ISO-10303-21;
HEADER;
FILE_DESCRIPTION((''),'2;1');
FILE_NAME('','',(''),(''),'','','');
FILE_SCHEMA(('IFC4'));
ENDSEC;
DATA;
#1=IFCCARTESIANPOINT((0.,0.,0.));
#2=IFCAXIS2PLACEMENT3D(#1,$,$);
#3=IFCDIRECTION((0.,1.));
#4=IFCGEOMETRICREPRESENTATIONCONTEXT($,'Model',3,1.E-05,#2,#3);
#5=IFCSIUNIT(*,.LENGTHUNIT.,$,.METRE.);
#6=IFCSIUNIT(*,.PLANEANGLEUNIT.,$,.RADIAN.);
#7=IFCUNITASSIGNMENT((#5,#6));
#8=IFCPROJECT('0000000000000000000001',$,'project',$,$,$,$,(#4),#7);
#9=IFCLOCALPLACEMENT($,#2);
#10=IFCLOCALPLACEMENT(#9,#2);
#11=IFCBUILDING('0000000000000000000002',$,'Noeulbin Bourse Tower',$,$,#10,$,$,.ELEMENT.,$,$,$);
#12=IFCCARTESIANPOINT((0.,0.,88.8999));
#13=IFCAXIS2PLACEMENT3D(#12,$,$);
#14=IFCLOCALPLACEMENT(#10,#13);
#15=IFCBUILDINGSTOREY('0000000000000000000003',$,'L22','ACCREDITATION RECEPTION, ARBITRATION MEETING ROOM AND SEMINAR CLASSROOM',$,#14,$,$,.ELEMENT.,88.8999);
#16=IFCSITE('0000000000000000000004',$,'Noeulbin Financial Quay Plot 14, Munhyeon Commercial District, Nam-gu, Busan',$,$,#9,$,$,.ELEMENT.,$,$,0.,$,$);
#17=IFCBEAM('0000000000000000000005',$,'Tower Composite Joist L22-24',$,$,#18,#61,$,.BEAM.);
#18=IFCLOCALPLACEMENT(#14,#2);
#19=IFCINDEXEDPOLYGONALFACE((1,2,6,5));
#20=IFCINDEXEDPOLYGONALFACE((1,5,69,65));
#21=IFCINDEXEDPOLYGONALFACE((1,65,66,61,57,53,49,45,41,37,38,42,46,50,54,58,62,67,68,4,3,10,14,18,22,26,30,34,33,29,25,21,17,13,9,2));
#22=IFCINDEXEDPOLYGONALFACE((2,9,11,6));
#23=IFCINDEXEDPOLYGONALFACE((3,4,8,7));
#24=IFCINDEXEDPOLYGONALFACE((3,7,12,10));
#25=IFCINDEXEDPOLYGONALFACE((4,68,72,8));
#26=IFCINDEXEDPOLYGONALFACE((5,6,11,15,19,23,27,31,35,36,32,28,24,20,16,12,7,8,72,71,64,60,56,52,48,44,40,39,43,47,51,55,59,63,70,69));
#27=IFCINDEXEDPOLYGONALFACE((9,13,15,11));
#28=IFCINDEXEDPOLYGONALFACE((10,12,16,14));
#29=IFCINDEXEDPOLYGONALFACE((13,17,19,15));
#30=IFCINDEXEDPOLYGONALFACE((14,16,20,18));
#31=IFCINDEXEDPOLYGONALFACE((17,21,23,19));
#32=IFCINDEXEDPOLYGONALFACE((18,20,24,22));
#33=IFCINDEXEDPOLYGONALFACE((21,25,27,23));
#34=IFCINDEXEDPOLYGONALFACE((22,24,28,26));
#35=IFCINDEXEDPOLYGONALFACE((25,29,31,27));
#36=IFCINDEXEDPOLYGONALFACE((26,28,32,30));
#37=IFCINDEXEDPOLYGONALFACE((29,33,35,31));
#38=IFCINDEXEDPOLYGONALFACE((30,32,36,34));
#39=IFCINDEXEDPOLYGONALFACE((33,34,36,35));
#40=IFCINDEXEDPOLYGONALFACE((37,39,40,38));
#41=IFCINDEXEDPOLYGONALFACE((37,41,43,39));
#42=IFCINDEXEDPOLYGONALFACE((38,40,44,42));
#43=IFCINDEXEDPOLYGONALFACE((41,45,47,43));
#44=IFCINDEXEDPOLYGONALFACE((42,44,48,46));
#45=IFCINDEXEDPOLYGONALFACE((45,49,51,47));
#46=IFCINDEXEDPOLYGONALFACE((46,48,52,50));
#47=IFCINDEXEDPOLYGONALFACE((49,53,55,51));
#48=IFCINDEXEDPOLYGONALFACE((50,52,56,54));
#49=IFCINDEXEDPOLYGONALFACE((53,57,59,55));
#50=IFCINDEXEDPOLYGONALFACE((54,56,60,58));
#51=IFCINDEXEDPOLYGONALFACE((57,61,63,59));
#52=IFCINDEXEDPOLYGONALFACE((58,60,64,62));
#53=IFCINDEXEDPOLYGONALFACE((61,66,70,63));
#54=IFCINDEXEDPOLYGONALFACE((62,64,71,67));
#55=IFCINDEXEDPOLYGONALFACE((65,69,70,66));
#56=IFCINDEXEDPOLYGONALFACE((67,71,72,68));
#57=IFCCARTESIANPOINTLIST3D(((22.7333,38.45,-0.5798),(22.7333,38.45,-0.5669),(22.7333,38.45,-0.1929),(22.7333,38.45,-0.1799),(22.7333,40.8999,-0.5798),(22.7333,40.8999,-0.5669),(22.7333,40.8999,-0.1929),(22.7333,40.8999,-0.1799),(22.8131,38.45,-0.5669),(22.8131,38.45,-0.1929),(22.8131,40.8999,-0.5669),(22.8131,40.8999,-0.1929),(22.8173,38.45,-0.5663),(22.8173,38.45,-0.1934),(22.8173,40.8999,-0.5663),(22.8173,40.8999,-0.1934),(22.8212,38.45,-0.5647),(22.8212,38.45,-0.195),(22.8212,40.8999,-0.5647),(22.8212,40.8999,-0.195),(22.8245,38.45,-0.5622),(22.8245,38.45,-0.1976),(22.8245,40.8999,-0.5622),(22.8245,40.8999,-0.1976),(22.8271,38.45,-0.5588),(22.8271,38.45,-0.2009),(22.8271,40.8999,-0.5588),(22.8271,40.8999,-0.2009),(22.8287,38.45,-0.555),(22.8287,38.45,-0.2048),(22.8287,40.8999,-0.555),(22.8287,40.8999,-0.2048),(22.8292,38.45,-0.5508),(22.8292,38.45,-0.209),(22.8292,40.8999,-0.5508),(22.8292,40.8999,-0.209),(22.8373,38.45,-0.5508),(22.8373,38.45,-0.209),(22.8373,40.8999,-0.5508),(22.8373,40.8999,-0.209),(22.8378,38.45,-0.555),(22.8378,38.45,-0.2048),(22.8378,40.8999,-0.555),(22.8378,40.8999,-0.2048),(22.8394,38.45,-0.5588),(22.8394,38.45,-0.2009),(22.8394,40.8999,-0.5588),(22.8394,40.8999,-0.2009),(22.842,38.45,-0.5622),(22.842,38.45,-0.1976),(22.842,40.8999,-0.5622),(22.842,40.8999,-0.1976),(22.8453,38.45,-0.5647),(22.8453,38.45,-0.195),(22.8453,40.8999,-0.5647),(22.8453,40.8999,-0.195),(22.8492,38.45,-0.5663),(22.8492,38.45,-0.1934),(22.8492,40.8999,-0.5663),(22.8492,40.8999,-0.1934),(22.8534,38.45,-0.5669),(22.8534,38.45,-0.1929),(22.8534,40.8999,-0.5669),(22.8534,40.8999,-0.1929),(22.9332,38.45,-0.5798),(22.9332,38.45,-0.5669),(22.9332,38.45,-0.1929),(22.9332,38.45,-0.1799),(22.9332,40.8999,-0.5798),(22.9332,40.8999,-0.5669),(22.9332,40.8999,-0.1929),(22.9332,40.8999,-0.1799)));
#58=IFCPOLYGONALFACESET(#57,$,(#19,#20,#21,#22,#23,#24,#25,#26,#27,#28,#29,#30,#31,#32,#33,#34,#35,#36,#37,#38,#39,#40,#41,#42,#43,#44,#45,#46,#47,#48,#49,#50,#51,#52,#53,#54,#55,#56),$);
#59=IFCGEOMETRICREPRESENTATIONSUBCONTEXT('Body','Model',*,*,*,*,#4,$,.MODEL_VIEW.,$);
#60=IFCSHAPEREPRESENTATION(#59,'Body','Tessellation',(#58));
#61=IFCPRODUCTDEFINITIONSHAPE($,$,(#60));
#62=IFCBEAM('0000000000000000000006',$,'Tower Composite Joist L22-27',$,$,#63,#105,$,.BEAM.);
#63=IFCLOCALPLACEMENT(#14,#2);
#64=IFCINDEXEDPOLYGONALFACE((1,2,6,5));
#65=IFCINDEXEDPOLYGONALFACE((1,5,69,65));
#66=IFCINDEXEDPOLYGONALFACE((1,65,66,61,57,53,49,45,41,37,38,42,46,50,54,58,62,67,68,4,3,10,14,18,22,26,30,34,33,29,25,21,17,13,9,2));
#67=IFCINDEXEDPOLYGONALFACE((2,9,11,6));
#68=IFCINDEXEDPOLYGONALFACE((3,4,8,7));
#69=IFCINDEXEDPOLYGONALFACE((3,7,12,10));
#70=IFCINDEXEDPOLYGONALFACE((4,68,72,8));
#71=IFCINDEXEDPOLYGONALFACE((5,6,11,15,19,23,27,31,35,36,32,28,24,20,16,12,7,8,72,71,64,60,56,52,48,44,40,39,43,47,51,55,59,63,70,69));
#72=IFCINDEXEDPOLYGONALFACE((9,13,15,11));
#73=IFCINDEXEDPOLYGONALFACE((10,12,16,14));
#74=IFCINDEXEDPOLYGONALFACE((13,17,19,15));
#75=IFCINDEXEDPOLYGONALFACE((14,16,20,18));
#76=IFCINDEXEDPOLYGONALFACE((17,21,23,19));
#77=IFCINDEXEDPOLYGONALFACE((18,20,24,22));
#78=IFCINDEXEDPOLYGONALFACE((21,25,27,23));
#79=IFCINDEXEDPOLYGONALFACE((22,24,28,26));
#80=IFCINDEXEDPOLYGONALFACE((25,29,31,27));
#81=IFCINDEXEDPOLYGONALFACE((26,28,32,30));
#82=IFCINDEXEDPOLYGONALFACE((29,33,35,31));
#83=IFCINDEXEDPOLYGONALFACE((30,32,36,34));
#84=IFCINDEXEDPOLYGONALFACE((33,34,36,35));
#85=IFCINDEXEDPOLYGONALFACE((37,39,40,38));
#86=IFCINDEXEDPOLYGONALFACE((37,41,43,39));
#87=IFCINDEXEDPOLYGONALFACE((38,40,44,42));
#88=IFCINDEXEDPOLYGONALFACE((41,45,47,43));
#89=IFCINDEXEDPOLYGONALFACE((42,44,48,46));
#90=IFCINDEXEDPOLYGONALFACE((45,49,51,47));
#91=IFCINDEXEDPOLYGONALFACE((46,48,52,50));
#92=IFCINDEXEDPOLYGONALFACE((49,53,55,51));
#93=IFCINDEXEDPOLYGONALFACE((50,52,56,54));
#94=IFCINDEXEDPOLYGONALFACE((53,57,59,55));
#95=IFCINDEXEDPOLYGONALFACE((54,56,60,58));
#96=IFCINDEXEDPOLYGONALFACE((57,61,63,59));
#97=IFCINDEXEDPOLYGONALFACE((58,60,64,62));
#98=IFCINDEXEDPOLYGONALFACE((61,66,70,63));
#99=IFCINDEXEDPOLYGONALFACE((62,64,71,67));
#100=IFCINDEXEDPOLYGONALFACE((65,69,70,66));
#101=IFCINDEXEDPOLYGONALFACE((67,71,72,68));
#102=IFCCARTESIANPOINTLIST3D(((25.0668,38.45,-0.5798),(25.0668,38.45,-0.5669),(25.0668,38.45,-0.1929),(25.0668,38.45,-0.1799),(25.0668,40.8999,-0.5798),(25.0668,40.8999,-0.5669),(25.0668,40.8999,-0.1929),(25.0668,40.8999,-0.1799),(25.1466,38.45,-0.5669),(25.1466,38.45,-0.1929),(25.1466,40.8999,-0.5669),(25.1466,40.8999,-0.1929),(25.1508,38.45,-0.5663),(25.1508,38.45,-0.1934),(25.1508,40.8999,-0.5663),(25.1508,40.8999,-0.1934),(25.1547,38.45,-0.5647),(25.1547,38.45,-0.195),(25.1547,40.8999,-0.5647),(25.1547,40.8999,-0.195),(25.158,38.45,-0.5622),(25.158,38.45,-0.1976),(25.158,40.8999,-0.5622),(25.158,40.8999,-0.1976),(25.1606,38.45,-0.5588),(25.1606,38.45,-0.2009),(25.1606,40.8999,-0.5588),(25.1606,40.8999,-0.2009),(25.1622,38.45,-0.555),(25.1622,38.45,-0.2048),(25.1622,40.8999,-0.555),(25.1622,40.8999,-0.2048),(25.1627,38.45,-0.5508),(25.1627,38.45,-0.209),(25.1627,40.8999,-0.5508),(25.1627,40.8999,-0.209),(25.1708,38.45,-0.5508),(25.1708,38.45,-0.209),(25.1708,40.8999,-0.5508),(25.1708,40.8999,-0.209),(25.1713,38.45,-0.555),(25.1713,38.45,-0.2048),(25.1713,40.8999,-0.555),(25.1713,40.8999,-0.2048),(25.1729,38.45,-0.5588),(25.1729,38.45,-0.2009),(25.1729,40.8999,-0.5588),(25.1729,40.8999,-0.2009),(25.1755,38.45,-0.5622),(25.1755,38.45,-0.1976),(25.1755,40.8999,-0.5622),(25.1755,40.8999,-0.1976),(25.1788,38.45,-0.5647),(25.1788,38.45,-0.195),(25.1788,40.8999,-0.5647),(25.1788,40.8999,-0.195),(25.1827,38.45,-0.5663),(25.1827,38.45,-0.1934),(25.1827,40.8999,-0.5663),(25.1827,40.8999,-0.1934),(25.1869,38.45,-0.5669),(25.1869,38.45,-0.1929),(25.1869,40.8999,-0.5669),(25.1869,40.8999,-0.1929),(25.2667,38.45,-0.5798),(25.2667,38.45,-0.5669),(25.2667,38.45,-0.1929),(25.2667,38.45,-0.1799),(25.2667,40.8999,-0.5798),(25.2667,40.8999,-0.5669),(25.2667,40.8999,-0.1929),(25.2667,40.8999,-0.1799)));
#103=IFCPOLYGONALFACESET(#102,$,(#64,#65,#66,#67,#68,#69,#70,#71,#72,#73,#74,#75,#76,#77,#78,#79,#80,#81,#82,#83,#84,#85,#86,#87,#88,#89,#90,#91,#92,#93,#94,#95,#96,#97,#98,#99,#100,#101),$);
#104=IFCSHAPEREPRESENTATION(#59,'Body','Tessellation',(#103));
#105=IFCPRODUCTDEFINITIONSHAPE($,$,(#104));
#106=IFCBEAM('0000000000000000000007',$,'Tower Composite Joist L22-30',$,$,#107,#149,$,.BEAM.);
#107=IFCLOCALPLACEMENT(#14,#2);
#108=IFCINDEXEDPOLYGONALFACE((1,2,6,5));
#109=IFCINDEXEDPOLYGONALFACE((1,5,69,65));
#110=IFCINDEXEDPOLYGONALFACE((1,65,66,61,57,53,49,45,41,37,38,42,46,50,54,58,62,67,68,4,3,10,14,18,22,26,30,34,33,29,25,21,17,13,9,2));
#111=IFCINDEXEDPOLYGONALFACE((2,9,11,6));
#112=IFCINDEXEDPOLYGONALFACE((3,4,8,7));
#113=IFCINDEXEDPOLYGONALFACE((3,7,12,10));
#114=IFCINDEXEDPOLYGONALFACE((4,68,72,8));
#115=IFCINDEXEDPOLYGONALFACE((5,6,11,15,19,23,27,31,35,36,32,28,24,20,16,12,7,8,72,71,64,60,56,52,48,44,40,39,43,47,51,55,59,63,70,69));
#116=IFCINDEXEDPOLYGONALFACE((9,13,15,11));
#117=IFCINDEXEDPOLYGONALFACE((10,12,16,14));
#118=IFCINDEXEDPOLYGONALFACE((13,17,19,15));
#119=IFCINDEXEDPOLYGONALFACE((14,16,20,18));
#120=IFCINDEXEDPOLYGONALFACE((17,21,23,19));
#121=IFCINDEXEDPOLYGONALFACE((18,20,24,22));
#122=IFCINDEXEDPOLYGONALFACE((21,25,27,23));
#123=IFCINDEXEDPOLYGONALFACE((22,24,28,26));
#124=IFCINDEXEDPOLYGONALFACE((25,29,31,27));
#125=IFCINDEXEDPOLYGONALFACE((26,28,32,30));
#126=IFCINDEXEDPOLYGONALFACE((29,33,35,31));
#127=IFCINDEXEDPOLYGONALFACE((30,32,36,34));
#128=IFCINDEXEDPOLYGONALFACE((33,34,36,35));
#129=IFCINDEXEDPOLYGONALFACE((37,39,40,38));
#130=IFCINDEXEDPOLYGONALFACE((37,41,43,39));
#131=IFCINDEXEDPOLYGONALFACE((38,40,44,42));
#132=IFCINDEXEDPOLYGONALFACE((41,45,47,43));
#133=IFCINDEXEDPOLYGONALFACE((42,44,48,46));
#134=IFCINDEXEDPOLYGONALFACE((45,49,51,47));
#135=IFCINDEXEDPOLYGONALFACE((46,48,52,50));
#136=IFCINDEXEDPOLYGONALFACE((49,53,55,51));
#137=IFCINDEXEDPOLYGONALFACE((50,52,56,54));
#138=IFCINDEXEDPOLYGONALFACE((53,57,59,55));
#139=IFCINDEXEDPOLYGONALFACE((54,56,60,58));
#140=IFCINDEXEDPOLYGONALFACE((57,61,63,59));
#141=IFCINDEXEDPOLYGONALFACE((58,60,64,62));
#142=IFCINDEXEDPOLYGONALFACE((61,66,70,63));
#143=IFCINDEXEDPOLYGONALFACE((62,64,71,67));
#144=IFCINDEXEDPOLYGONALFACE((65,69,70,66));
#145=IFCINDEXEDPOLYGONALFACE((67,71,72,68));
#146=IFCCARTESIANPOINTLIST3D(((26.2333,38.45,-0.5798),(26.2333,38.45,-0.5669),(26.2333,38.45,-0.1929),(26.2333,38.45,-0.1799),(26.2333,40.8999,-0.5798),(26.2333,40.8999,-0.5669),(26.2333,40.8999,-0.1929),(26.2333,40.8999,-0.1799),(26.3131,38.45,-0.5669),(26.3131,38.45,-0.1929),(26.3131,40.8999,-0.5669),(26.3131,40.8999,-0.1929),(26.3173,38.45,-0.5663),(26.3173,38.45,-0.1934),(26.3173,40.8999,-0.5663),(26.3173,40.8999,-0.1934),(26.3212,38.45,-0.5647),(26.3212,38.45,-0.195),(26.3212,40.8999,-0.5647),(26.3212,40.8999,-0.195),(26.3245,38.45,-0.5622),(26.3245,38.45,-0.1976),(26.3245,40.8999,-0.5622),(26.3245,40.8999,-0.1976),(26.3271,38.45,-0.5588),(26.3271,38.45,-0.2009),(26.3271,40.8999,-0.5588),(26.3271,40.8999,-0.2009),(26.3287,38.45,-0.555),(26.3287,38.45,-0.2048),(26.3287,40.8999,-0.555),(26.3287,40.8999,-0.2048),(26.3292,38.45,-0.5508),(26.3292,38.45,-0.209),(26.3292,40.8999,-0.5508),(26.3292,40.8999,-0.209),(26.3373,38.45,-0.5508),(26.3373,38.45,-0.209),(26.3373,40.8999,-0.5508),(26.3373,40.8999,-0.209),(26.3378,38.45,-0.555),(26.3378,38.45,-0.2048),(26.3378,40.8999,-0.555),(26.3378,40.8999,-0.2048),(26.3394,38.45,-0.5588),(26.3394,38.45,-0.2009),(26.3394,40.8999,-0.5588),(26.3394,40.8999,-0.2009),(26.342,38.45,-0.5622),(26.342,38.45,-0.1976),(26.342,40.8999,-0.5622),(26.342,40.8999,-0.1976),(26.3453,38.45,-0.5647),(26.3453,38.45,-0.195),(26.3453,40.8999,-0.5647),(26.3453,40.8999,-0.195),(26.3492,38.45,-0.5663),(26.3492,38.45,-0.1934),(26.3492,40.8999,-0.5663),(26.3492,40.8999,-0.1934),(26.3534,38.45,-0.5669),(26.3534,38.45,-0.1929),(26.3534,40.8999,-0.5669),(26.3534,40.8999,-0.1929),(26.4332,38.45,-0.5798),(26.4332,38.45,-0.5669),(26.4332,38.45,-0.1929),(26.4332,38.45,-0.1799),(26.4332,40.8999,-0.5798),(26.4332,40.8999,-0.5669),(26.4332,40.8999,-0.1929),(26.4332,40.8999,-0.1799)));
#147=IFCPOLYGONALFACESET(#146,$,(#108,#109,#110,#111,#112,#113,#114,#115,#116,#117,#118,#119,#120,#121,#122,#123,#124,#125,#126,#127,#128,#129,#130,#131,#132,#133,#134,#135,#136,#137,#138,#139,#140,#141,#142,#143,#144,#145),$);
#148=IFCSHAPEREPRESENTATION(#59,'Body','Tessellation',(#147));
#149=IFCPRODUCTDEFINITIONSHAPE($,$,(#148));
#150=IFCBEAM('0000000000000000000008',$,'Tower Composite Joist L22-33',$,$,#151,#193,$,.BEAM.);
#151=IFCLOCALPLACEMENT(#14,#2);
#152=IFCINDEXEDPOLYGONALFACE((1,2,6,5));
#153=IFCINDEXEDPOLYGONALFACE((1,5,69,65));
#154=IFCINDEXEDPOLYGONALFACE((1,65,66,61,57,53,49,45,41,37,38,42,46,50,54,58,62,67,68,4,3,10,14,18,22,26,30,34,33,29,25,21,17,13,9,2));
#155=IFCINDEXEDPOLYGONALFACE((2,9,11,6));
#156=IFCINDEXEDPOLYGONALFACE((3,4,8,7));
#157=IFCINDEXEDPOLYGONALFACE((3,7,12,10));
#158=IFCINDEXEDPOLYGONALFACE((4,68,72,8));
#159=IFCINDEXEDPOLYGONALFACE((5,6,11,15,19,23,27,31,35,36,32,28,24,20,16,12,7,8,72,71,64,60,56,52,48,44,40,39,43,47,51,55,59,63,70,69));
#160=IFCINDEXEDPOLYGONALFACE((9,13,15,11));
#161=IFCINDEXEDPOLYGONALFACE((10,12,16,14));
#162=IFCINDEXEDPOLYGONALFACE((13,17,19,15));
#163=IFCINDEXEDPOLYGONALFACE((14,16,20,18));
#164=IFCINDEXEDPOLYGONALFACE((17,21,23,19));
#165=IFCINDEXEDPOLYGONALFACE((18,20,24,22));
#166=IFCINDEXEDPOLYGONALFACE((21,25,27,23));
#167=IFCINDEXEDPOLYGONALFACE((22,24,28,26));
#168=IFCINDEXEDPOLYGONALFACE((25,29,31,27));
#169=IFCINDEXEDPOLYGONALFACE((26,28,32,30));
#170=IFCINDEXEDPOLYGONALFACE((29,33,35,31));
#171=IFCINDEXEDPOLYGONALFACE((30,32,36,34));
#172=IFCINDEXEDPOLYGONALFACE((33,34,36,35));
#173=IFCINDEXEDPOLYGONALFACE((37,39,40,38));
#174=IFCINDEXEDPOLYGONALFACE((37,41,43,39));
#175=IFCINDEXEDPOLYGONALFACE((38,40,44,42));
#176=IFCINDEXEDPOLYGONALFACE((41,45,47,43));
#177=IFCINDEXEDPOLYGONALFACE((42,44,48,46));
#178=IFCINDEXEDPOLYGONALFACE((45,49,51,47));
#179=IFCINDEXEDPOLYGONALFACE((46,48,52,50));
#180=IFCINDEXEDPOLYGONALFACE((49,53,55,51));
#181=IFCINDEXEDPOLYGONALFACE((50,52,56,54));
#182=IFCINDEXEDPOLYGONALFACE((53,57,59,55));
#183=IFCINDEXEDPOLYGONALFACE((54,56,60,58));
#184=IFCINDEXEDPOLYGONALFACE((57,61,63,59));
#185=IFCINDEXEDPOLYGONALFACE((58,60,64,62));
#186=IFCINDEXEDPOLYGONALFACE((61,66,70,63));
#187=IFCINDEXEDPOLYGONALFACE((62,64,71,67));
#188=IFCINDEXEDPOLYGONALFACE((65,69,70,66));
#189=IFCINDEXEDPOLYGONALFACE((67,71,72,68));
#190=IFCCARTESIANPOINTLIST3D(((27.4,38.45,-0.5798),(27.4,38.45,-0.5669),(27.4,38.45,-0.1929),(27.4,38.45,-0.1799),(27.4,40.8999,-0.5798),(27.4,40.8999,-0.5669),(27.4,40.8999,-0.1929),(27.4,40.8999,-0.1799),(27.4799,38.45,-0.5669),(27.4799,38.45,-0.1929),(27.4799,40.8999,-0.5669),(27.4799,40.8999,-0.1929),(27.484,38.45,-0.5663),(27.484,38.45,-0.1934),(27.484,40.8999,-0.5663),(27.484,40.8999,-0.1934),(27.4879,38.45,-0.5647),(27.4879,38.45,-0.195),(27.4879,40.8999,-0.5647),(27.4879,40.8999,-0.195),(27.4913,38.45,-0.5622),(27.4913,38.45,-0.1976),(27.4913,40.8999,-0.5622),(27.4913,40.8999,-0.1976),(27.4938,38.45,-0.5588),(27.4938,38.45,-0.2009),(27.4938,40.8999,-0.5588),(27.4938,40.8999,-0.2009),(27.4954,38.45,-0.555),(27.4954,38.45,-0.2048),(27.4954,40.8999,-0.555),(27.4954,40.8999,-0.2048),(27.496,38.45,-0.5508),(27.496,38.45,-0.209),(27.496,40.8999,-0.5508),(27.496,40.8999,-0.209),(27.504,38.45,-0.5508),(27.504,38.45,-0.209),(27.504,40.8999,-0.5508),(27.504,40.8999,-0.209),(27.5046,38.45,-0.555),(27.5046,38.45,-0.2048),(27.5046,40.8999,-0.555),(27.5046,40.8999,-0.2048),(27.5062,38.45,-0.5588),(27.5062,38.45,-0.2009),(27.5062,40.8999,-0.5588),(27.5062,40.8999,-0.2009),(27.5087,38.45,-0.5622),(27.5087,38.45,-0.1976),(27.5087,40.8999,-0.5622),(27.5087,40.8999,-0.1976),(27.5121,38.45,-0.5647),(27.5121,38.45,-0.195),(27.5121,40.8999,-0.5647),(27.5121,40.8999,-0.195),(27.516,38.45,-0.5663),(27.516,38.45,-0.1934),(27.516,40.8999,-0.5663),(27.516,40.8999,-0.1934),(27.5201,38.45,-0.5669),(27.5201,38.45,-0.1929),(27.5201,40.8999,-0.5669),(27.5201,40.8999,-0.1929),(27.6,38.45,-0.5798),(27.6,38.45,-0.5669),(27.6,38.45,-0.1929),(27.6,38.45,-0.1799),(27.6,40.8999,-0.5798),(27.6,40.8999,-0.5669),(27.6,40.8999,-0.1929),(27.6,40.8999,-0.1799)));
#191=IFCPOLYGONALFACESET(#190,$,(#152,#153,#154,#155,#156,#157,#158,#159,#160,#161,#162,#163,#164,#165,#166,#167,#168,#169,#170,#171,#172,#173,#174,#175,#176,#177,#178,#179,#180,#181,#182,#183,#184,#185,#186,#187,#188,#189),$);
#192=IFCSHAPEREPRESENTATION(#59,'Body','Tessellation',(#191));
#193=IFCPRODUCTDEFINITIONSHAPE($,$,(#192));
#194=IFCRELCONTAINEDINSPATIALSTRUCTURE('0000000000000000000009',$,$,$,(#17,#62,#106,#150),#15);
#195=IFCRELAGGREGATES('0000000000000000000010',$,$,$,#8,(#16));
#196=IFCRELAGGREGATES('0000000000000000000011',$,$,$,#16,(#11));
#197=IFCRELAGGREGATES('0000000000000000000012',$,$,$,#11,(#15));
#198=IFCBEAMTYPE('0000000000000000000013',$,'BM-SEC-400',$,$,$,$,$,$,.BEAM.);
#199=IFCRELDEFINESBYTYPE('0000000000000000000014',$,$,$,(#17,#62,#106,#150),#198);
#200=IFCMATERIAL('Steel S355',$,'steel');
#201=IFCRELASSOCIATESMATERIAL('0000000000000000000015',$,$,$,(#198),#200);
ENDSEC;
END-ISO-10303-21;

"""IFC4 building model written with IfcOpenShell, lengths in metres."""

from ifc_helpers import new_model, si_unit, direction, frame, origin, origin_2d, place, context, subcontext, project, spatial, i_section, extrude, material, material_profile, profile_set, type_object, element, save


model = new_model("IFC4")

# Units and contexts
model_context = context("Model", 3, precision=1e-05, world=origin(), true_north=direction((0.0, 1.0)))
body_context = subcontext(model_context, "Body", "Model", "MODEL_VIEW")
ifc_project = project(units=[si_unit("LENGTHUNIT", "METRE"), si_unit("PLANEANGLEUNIT", "RADIAN")], contexts=[model_context])

# Site, building, storey
site_placement = place(None, origin())
site = spatial("IfcSite", under=ifc_project, at=site_placement, Name="Noeulbin Financial Quay Plot 14, Munhyeon Commercial District, Nam-gu, Busan", CompositionType="ELEMENT", RefElevation=0.0)
building_placement = place(site_placement, origin())
building = spatial("IfcBuilding", under=site, at=building_placement, Name="Noeulbin Bourse Tower", CompositionType="ELEMENT")
storey_placement = place(building_placement, frame((0.0, 0.0, 88.8999)))
storey = spatial("IfcBuildingStorey", under=building, at=storey_placement, Name="L22", Description="ACCREDITATION RECEPTION, ARBITRATION MEETING ROOM AND SEMINAR CLASSROOM", CompositionType="ELEMENT", Elevation=88.8999)

# Beams
ifc_material_1 = material(Name="Steel S355", Category="steel")
ifc_material_profile_1 = material_profile(ifc_material_1, i_section(OverallWidth=0.2, OverallDepth=0.3999, WebThickness=0.0081, FlangeThickness=0.0129, FilletRadius=0.0161, at=origin_2d()), Name="H-400x200x8x13", Category="LoadBearing")
ifc_profile_set_1 = profile_set([ifc_material_profile_1], Name="Steel S355")
beam_type_1 = type_object("IfcBeamType", Name="BM-SEC-400", PredefinedType="BEAM", material=ifc_profile_set_1)
for number, where, z_axis, x_axis, name in (
    (1, (22.8333, 38.45, -0.3799), (0.0, 1.0, 0.0), (-1.0, 0.0, 0.0), "Tower Composite Joist L22-24"),
    (2, (25.1667, 38.45, -0.3799), (0.0, 1.0, 0.0), (-1.0, 0.0, 0.0), "Tower Composite Joist L22-27"),
    (3, (26.3333, 38.45, -0.3799), (0.0, 1.0, 0.0), (-1.0, 0.0, 0.0), "Tower Composite Joist L22-30"),
    (4, (27.5, 38.45, -0.3799), (0.0, 1.0, 0.0), (-1.0, 0.0, 0.0), "Tower Composite Joist L22-33"),
):
    element("IfcBeam", number, at=place(storey_placement, frame(where, z_axis=z_axis, x_axis=x_axis)), inside=storey, type_object=beam_type_1, Name=name, PredefinedType="BEAM", context=body_context, shape_type="SweptSolid", body=[
        extrude(i_section(OverallWidth=0.2, OverallDepth=0.3999, WebThickness=0.0081, FlangeThickness=0.0129, FilletRadius=0.0161, at=origin_2d()), origin(), (0.0, 0.0, 1.0), 2.45),
    ])

save(model, "model.ifc")
